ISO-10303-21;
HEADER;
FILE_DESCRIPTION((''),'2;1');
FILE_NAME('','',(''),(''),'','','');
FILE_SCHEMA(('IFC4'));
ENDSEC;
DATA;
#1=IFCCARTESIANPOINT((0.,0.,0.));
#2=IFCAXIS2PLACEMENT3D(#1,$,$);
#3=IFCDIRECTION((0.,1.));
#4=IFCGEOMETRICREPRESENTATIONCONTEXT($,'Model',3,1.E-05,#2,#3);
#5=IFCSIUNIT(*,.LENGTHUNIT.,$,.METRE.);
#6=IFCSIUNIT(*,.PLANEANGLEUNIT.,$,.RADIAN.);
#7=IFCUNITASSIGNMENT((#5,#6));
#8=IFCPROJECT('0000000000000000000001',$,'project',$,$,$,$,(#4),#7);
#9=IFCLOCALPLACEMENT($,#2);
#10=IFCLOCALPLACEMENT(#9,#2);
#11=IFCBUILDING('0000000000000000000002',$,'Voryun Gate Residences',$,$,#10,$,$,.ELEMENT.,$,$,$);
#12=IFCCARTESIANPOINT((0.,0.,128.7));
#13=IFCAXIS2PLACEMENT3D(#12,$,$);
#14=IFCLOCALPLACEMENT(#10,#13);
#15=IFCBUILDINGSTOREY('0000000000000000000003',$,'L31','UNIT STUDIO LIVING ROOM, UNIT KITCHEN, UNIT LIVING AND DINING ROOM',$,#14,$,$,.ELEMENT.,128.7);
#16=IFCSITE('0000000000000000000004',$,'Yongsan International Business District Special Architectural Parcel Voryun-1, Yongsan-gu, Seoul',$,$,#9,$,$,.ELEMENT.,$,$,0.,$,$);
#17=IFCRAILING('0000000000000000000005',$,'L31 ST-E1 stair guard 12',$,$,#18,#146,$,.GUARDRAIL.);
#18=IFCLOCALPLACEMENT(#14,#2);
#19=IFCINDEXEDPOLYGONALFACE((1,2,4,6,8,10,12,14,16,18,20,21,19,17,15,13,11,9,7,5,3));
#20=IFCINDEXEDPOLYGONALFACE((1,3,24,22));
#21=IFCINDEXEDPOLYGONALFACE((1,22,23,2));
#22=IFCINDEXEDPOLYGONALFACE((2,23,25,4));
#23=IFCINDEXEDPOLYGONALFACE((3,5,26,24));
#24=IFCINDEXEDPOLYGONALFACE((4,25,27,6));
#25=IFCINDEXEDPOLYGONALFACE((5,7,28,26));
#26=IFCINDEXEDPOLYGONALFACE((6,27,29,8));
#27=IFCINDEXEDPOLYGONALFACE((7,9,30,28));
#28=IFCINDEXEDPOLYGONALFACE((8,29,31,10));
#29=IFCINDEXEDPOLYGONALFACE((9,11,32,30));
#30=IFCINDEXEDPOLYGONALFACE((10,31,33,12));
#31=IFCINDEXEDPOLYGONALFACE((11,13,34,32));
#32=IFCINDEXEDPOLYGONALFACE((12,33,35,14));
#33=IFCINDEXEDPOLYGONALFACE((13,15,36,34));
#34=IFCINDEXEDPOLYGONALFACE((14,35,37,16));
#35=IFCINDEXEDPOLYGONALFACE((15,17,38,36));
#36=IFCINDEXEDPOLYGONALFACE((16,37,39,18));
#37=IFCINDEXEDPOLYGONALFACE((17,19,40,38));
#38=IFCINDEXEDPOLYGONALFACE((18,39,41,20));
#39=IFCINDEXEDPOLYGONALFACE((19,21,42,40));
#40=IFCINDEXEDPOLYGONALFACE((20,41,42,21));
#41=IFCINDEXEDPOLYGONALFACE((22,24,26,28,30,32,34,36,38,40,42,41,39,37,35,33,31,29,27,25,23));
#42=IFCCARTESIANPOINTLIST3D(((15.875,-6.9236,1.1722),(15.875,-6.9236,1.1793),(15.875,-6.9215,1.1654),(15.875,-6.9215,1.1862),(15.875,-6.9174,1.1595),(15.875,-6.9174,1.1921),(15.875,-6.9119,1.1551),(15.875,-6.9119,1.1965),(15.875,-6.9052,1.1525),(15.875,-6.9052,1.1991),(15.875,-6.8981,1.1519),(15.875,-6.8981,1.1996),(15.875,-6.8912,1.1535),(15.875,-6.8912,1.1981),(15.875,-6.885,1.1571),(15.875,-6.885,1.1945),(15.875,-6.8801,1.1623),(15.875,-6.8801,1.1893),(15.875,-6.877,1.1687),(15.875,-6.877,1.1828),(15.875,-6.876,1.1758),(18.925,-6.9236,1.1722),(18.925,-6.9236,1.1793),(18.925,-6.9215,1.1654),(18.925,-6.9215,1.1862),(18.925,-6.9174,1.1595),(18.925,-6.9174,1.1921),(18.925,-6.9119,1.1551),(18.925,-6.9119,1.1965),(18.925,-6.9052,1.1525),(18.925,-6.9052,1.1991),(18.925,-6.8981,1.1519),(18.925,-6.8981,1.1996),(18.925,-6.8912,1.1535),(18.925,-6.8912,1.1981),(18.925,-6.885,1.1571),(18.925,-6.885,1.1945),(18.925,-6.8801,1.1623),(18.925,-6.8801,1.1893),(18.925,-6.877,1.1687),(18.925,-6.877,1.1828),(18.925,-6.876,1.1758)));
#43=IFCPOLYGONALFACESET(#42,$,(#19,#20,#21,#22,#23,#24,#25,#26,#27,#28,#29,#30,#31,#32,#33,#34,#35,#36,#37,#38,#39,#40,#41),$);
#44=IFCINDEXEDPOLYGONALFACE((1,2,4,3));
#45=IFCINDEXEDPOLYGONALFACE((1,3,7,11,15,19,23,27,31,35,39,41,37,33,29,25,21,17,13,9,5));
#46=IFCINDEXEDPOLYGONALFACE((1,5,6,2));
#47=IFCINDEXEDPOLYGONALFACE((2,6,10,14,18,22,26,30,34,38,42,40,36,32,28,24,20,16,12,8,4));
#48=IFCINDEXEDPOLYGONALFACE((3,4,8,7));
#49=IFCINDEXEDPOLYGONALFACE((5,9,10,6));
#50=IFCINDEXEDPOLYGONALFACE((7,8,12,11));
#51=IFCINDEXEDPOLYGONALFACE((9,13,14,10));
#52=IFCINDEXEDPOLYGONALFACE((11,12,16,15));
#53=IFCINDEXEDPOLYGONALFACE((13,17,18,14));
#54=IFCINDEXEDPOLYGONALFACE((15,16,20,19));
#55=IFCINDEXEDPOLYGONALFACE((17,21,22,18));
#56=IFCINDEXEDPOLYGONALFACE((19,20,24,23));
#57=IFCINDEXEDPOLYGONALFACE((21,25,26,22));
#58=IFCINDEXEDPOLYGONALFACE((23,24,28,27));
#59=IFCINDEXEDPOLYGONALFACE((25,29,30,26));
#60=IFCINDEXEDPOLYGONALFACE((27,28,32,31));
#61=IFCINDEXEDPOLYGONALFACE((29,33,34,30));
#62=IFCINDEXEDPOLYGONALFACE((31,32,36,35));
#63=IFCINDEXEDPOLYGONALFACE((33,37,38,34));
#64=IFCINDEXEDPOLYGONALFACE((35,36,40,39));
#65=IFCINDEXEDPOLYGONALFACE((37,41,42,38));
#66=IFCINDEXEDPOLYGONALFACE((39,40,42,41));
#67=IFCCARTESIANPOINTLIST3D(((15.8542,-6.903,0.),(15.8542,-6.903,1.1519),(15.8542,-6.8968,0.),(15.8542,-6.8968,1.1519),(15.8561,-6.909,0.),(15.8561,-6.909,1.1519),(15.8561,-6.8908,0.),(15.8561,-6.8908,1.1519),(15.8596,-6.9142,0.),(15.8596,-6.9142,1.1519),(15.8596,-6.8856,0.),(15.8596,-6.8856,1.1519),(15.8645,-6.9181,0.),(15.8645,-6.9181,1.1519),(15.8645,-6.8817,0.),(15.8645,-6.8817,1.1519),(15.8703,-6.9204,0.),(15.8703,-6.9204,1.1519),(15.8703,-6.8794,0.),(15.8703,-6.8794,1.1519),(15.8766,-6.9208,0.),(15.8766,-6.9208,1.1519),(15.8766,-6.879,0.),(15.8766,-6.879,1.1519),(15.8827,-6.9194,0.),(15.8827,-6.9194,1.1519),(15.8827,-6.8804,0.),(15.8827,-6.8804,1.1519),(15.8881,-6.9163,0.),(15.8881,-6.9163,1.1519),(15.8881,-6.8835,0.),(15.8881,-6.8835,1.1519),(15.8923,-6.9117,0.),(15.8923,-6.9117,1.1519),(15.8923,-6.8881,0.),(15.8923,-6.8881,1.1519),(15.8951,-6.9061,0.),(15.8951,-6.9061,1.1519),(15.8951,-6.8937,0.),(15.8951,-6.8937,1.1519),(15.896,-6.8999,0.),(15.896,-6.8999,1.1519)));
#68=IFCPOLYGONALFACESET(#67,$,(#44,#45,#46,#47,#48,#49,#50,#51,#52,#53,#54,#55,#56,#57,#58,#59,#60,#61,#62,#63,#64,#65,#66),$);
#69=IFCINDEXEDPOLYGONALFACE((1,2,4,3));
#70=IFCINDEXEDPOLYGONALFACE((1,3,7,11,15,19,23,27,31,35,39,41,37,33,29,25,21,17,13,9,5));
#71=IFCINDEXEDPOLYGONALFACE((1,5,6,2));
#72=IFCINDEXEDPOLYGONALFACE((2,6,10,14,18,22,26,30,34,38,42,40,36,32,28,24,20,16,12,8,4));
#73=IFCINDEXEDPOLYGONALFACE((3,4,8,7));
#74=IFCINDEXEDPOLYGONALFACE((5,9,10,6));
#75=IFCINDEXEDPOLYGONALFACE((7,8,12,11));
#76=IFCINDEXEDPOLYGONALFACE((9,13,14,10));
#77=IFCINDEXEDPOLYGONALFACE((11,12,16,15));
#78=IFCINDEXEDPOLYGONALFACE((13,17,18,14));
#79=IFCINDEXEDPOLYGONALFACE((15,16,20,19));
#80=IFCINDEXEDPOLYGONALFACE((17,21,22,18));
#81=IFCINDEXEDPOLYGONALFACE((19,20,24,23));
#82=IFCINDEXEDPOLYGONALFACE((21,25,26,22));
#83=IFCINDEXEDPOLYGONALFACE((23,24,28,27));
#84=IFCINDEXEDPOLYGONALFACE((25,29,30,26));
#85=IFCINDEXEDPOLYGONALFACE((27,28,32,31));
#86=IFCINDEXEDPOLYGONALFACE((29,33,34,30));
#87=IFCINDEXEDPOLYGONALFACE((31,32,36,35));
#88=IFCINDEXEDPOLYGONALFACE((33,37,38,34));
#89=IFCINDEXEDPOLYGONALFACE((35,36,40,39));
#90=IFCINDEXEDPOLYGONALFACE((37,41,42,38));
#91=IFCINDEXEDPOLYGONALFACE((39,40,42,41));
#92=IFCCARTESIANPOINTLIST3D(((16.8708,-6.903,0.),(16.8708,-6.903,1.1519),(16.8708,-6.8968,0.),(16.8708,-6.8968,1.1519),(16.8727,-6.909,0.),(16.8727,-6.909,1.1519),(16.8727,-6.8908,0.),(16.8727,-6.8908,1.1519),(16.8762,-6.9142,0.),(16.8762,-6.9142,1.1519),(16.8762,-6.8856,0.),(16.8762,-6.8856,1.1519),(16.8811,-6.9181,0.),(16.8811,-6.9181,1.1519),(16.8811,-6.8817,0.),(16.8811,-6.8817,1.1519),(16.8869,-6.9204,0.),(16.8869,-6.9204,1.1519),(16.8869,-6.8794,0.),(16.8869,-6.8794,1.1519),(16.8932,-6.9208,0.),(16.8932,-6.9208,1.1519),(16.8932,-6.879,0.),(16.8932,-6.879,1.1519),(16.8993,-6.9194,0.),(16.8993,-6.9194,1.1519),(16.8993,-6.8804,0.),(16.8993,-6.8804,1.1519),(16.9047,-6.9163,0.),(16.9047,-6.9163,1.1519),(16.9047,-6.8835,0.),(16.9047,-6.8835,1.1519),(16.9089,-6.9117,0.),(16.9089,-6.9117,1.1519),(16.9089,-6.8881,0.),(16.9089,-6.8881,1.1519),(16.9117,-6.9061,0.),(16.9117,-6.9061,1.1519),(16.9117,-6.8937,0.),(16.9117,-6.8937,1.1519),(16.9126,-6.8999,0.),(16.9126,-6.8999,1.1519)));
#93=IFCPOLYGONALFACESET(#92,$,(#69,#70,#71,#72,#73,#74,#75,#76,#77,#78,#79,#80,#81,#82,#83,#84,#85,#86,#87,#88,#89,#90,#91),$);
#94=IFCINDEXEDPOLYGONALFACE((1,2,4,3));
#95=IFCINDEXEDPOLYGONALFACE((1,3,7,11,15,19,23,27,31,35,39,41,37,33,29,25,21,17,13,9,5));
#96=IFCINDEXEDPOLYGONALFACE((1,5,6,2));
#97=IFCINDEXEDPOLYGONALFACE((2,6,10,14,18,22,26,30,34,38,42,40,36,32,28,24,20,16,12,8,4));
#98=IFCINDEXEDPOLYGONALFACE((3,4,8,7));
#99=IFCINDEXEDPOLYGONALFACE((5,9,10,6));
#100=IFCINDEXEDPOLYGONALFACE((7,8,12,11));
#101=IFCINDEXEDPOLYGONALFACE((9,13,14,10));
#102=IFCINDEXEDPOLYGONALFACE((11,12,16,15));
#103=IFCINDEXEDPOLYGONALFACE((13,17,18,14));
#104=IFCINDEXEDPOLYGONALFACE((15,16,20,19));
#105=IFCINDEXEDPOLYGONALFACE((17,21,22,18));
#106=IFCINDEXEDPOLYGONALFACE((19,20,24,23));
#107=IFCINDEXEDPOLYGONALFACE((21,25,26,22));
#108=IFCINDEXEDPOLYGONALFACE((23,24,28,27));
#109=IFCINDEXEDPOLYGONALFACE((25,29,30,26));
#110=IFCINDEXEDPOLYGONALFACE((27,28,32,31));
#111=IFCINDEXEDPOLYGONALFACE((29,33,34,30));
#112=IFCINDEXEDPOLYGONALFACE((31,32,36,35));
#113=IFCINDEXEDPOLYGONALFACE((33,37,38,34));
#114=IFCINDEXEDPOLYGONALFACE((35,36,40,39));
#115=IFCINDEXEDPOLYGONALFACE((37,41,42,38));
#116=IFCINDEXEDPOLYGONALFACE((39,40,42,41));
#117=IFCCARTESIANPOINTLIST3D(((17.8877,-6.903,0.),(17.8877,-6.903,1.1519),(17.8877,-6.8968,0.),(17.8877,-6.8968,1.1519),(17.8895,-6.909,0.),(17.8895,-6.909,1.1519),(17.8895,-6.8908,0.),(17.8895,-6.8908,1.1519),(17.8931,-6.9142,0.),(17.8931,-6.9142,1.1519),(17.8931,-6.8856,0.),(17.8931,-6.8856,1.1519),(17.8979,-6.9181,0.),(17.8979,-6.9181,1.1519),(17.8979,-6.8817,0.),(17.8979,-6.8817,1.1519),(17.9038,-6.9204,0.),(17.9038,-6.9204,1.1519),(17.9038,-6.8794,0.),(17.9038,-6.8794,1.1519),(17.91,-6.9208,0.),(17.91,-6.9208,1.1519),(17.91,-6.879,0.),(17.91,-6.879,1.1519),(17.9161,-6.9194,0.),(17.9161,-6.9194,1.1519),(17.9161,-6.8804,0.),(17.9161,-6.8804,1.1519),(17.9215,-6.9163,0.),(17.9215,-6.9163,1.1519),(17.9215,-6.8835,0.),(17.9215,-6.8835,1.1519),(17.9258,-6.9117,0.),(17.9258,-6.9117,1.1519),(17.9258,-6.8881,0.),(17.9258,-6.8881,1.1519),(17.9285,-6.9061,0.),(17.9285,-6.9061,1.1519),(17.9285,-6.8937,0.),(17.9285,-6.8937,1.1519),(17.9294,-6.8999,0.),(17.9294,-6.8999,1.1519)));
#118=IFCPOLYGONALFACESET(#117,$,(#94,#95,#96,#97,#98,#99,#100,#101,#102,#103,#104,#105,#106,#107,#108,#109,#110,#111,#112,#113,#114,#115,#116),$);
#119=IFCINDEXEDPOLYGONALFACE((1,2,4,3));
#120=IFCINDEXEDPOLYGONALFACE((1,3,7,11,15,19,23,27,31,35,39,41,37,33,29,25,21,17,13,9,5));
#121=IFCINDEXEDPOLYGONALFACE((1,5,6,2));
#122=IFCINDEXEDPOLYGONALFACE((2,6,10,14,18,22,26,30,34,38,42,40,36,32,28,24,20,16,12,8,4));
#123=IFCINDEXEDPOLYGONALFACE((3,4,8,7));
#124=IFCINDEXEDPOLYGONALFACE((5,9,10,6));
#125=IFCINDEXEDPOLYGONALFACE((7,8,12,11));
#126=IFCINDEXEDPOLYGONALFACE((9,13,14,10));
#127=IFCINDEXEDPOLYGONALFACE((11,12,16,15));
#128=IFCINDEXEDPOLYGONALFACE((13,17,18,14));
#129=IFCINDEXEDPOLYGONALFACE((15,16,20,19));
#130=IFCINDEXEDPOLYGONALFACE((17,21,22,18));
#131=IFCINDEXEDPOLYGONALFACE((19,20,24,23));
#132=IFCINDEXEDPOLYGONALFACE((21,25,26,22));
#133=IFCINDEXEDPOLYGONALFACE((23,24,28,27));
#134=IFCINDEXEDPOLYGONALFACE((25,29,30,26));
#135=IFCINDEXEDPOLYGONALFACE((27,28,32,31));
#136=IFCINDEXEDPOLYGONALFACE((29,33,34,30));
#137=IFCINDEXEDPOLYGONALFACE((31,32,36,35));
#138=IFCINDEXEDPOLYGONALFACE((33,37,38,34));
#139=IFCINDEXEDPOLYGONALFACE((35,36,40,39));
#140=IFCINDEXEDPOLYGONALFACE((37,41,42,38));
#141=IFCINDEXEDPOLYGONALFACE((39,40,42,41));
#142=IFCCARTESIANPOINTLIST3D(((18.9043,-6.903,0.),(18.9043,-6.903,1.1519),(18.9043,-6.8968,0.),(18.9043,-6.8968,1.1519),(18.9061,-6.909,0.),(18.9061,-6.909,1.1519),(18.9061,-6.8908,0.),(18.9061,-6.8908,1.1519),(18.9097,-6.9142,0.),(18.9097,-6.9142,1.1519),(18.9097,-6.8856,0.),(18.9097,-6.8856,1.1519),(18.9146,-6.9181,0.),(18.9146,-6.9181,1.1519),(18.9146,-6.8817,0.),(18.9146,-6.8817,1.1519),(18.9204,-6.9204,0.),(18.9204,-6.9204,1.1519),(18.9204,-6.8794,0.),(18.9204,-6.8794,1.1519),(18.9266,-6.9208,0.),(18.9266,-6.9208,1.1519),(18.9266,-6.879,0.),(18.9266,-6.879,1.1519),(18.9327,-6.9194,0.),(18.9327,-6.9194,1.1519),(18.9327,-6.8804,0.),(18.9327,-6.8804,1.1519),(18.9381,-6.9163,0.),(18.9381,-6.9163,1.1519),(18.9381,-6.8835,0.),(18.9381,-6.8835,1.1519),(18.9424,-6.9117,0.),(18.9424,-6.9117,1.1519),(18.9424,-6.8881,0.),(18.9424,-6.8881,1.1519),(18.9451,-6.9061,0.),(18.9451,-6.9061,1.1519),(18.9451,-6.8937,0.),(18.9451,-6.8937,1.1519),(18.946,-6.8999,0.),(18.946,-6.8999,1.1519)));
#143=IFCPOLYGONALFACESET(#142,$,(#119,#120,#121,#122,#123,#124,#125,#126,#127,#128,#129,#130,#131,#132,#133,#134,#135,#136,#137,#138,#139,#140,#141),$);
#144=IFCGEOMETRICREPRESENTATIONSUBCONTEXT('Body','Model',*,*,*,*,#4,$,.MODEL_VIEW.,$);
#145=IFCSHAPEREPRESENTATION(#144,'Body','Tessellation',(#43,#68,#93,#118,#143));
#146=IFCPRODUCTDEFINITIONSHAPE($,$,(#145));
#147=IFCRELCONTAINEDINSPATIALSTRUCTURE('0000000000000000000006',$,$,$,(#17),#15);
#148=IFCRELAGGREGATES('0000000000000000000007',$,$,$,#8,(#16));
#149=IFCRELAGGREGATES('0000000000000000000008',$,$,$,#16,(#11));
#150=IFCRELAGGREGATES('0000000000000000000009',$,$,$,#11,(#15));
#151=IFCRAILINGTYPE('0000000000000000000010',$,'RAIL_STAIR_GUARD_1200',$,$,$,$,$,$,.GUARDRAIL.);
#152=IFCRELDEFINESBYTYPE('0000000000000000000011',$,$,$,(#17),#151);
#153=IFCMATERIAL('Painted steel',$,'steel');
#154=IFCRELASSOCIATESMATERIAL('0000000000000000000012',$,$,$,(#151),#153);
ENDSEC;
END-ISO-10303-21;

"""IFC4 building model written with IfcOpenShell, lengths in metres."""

from ifc_helpers import new_model, si_unit, direction, frame, origin, origin_2d, place, context, subcontext, project, spatial, circle, extrude, material, type_object, element, save


model = new_model("IFC4")

# Units and contexts
model_context = context("Model", 3, precision=1e-05, world=origin(), true_north=direction((0.0, 1.0)))
body_context = subcontext(model_context, "Body", "Model", "MODEL_VIEW")
ifc_project = project(units=[si_unit("LENGTHUNIT", "METRE"), si_unit("PLANEANGLEUNIT", "RADIAN")], contexts=[model_context])

# Site, building, storey
site_placement = place(None, origin())
site = spatial("IfcSite", under=ifc_project, at=site_placement, Name="Yongsan International Business District Special Architectural Parcel Voryun-1, Yongsan-gu, Seoul", CompositionType="ELEMENT", RefElevation=0.0)
building_placement = place(site_placement, origin())
building = spatial("IfcBuilding", under=site, at=building_placement, Name="Voryun Gate Residences", CompositionType="ELEMENT")
storey_placement = place(building_placement, frame((0.0, 0.0, 128.7)))
storey = spatial("IfcBuildingStorey", under=building, at=storey_placement, Name="L31", Description="UNIT STUDIO LIVING ROOM, UNIT KITCHEN, UNIT LIVING AND DINING ROOM", CompositionType="ELEMENT", Elevation=128.7)

# Railing
ifc_material_1 = material(Name="Painted steel", Category="steel")
railing_type_1 = type_object("IfcRailingType", Name="RAIL_STAIR_GUARD_1200", PredefinedType="GUARDRAIL", material=ifc_material_1)
railing_1_placement = place(storey_placement, frame((15.875, -6.8999, 0.0)))
element("IfcRailing", 1, at=railing_1_placement, inside=storey, type_object=railing_type_1, Name="L31 ST-E1 stair guard 12", PredefinedType="GUARDRAIL", context=body_context, shape_type="SweptSolid", body=[
    extrude(circle(Radius=0.0239, at=origin_2d()), frame((0.0, 0.0, 1.1758), z_axis=(1.0, 0.0, 0.0), x_axis=(0.0, 1.0, 0.0)), (0.0, 0.0, 1.0), 3.05),
    extrude(circle(Radius=0.021, at=origin_2d()), origin(), (0.0, 0.0, 1.0), 1.1519),
    extrude(circle(Radius=0.021, at=origin_2d()), frame((1.0166, 0.0, 0.0)), (0.0, 0.0, 1.0), 1.1519),
    extrude(circle(Radius=0.021, at=origin_2d()), frame((2.0334, 0.0, 0.0)), (0.0, 0.0, 1.0), 1.1519),
    extrude(circle(Radius=0.021, at=origin_2d()), frame((3.05, 0.0, 0.0)), (0.0, 0.0, 1.0), 1.1519),
])

save(model, "model.ifc")
